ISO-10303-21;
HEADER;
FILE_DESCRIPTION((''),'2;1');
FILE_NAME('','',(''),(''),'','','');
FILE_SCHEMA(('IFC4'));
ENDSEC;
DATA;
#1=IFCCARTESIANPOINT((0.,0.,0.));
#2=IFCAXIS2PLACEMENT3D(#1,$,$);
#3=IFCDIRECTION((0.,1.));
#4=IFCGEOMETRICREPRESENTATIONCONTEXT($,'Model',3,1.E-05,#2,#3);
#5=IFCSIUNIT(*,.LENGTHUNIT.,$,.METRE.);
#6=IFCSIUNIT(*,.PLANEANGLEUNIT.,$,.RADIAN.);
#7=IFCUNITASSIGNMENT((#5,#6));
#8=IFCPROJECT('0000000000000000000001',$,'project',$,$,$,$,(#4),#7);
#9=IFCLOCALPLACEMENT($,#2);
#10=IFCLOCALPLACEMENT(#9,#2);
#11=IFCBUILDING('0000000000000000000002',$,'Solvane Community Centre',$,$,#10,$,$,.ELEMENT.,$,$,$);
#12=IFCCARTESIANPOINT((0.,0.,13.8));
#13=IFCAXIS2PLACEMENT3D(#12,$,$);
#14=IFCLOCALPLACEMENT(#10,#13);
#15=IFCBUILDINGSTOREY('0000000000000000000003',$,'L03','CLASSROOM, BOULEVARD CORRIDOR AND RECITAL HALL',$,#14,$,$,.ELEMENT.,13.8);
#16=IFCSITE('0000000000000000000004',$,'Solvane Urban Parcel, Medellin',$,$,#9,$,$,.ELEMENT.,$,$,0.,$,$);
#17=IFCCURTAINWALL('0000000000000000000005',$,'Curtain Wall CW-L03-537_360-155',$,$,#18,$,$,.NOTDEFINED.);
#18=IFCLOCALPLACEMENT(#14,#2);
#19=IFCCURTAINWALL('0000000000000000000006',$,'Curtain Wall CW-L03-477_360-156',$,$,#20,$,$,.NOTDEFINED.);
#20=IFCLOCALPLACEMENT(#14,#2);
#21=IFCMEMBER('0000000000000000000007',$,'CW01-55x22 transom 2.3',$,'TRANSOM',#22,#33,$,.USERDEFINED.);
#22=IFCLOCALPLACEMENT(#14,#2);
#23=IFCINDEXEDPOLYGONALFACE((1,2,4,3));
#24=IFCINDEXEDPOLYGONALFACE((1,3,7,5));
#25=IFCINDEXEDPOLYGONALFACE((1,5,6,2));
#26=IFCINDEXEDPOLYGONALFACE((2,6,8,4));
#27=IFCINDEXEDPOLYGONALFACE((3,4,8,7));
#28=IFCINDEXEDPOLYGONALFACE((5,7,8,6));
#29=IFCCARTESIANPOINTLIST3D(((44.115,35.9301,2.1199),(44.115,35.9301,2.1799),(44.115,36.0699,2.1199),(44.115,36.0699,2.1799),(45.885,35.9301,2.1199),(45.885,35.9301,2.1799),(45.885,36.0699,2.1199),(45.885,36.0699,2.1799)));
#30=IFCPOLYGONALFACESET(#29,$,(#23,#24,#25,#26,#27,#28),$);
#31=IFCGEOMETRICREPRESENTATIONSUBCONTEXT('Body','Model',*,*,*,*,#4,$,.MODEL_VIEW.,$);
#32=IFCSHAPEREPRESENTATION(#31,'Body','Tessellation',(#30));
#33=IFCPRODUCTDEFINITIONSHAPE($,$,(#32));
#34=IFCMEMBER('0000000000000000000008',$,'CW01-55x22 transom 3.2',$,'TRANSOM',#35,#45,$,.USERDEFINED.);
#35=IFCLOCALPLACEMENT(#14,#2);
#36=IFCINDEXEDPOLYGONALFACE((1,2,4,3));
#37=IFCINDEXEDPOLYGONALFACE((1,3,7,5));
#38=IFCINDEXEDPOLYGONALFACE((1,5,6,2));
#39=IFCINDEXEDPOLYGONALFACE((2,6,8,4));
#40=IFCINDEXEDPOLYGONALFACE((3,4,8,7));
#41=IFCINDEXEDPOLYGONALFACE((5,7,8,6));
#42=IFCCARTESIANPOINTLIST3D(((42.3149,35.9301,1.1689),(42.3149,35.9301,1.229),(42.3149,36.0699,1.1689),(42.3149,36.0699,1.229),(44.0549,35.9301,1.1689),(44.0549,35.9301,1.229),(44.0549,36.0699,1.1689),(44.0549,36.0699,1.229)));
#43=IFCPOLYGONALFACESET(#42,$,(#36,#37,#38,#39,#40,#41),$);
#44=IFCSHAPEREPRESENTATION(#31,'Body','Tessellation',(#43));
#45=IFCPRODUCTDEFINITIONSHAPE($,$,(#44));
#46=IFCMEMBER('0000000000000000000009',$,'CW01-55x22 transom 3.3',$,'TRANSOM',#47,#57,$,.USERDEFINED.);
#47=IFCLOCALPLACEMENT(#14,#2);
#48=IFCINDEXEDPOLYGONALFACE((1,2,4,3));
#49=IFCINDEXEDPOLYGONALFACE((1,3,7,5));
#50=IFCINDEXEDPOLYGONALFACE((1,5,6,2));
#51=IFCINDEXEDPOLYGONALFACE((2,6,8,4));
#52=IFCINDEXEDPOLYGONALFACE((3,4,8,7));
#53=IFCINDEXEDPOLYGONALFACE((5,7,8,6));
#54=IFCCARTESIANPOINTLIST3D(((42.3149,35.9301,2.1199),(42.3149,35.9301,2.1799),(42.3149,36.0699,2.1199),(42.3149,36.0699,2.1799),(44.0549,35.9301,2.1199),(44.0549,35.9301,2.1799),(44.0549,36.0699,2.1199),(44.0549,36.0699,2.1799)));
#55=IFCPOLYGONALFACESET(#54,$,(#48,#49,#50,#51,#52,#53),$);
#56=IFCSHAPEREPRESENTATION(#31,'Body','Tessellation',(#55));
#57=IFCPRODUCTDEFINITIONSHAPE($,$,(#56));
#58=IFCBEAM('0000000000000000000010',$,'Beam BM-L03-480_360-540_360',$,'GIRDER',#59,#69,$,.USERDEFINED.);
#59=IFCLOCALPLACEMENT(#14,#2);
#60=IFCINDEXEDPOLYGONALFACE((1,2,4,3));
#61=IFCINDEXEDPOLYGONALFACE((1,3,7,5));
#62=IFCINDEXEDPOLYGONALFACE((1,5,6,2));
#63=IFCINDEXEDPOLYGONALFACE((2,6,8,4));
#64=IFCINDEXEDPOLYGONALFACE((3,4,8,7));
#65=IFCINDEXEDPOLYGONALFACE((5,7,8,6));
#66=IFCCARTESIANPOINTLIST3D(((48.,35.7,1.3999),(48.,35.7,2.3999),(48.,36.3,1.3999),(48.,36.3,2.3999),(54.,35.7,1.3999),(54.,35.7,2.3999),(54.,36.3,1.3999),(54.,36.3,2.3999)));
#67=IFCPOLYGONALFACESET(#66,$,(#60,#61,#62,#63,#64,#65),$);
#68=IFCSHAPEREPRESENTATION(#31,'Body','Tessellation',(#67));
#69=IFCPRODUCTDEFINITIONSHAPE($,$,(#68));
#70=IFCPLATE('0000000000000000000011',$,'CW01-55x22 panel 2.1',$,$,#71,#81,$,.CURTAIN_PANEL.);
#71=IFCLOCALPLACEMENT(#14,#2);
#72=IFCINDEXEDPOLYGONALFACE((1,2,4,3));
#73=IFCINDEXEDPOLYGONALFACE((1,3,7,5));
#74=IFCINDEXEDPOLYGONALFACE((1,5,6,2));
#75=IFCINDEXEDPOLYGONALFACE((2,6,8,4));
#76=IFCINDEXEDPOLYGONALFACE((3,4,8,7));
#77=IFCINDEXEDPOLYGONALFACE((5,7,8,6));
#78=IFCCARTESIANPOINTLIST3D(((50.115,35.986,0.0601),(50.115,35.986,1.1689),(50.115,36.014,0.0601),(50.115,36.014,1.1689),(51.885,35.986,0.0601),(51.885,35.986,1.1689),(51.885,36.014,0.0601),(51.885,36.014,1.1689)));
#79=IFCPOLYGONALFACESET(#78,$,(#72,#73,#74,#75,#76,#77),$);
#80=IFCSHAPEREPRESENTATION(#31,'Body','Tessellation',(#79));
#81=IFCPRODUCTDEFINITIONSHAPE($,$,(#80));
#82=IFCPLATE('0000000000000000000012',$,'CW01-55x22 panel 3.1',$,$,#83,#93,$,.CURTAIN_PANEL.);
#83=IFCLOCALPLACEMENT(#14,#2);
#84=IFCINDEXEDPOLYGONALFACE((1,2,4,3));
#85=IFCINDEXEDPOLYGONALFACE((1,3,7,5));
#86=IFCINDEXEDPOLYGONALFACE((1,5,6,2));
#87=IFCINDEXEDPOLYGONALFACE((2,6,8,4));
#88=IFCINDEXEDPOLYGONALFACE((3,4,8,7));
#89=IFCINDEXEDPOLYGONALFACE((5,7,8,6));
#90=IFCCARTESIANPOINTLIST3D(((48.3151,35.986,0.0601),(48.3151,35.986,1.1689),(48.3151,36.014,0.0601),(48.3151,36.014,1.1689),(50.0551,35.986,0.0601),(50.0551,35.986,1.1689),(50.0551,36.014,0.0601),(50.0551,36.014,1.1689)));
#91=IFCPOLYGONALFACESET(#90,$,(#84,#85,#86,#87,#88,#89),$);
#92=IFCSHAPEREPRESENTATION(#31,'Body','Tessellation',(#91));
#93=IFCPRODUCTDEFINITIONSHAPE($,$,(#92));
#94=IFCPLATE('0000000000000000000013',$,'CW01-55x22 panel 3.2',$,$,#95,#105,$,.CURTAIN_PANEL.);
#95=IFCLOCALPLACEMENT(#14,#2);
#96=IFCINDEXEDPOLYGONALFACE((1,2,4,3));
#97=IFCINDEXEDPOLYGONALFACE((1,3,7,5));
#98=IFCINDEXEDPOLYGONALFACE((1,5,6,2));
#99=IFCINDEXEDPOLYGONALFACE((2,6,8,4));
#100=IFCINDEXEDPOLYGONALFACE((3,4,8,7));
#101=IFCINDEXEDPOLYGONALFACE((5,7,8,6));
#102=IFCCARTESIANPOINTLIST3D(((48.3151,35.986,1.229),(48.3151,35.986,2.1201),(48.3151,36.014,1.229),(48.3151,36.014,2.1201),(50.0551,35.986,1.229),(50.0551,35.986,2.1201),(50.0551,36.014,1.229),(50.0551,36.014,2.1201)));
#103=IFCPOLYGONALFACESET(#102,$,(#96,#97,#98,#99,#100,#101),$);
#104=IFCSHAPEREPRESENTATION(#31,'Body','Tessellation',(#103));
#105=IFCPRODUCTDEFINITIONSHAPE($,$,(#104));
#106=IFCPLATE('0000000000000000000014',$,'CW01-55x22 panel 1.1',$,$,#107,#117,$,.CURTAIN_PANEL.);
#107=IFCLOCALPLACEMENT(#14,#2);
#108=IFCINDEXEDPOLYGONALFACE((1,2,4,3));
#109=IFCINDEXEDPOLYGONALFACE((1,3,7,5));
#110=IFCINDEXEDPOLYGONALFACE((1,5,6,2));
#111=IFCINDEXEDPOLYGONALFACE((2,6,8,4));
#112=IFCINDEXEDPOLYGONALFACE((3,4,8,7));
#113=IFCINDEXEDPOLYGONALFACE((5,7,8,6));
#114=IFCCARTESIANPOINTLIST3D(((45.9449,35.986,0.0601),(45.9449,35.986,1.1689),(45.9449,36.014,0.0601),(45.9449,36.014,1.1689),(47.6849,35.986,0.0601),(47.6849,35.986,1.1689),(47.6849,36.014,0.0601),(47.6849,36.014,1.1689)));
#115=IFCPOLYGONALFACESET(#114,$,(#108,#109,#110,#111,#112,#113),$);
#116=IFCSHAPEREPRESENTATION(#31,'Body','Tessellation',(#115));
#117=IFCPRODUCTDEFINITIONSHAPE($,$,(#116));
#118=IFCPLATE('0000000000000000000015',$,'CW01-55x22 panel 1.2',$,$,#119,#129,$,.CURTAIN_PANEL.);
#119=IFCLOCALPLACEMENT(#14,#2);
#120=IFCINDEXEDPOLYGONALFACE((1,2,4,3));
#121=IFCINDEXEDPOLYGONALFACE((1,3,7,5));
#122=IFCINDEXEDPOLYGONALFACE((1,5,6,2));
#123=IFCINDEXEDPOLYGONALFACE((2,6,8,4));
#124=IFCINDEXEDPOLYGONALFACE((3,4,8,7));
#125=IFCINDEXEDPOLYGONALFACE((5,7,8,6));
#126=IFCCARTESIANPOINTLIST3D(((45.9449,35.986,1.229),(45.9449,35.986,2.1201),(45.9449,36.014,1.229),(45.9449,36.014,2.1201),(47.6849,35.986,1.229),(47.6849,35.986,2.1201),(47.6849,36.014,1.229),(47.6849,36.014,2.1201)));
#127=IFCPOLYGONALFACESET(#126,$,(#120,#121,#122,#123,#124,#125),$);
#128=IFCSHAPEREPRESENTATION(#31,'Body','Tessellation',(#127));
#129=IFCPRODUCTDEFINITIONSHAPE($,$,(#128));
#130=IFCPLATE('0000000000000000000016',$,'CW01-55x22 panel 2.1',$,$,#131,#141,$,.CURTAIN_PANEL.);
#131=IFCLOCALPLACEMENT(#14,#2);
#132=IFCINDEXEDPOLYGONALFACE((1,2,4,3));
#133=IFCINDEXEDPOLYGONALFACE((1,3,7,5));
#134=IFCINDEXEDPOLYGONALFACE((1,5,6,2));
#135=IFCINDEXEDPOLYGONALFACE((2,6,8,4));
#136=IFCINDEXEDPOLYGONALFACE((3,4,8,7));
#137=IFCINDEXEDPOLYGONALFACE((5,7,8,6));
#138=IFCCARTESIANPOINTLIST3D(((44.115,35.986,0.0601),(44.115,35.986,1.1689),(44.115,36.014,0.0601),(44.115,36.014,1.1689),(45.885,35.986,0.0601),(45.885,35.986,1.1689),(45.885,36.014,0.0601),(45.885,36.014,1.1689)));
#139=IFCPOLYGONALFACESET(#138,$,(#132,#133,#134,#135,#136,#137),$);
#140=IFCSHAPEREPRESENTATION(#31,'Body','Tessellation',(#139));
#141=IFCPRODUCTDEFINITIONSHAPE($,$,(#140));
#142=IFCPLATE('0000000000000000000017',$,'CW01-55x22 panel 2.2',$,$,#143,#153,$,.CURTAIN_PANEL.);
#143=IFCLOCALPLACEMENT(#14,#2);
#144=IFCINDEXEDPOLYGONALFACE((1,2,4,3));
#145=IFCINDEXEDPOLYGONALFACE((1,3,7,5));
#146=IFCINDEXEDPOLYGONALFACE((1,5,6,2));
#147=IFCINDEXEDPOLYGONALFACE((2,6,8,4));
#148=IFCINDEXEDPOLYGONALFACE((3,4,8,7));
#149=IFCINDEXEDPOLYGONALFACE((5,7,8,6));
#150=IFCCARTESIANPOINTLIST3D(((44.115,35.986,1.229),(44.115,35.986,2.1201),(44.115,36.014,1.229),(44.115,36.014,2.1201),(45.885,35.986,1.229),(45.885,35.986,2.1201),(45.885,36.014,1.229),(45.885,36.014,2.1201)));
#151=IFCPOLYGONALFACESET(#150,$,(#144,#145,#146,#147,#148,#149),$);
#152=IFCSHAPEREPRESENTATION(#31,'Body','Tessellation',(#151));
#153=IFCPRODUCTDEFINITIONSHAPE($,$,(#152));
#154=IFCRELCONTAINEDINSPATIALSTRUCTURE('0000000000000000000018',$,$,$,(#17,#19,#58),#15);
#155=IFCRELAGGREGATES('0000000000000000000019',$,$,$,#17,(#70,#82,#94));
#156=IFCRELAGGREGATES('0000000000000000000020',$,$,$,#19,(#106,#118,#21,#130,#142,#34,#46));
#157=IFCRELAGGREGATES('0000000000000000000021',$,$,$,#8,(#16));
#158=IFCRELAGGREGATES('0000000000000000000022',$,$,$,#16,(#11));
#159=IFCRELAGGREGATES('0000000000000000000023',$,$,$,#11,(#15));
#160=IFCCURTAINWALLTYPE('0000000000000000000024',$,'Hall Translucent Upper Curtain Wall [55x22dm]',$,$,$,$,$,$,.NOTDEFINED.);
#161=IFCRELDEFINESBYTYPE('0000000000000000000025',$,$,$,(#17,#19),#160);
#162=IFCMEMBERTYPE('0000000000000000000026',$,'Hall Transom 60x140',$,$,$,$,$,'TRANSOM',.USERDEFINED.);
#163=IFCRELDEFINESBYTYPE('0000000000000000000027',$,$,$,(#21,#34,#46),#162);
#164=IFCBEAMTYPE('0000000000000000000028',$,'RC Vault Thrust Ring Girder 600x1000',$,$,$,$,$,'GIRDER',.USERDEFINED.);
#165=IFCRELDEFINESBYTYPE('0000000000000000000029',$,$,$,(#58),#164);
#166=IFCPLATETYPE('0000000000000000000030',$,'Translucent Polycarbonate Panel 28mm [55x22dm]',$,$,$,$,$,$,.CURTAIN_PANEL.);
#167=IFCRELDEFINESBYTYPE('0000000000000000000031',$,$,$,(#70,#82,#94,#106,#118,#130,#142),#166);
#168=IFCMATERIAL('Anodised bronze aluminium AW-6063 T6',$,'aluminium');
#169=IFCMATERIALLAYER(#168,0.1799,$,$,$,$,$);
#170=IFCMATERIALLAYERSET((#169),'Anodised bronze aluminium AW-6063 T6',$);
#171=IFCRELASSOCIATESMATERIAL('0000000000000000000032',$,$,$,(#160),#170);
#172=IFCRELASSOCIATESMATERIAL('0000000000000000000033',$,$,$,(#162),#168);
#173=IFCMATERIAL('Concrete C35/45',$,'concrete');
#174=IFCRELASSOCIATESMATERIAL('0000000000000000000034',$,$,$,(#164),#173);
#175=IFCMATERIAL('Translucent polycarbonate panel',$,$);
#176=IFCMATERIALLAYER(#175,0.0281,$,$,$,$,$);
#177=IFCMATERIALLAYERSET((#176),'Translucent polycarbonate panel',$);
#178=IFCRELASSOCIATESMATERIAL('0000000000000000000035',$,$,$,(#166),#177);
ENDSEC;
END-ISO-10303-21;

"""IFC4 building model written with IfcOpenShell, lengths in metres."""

from ifc_helpers import new_model, si_unit, direction, frame, origin, origin_2d, place, context, subcontext, project, spatial, rectangle, extrude, material, layer, layer_set, material_profile, profile_set, type_object, element, aggregate, save


model = new_model("IFC4")

# Units and contexts
model_context = context("Model", 3, precision=1e-05, world=origin(), true_north=direction((0.0, 1.0)))
body_context = subcontext(model_context, "Body", "Model", "MODEL_VIEW")
ifc_project = project(units=[si_unit("LENGTHUNIT", "METRE"), si_unit("PLANEANGLEUNIT", "RADIAN")], contexts=[model_context])

# Site, building, storey
site_placement = place(None, origin())
site = spatial("IfcSite", under=ifc_project, at=site_placement, Name="Solvane Urban Parcel, Medellin", CompositionType="ELEMENT", RefElevation=0.0)
building_placement = place(site_placement, origin())
building = spatial("IfcBuilding", under=site, at=building_placement, Name="Solvane Community Centre", CompositionType="ELEMENT")
storey_placement = place(building_placement, frame((0.0, 0.0, 13.8)))
storey = spatial("IfcBuildingStorey", under=building, at=storey_placement, Name="L03", Description="CLASSROOM, BOULEVARD CORRIDOR AND RECITAL HALL", CompositionType="ELEMENT", Elevation=13.8)

# Curtain walls
ifc_material_1 = material(Name="Anodised bronze aluminium AW-6063 T6", Category="aluminium")
ifc_layer_1 = layer(ifc_material_1, 0.1799)
ifc_layer_set_1 = layer_set([ifc_layer_1], Name="Anodised bronze aluminium AW-6063 T6")
curtain_wall_type = type_object("IfcCurtainWallType", Name="Hall Translucent Upper Curtain Wall [55x22dm]", PredefinedType="NOTDEFINED", material=ifc_layer_set_1)
curtain_wall_1_placement = place(storey_placement, origin())
curtain_wall_1 = element("IfcCurtainWall", 1, at=curtain_wall_1_placement, inside=storey, type_object=curtain_wall_type, Name="Curtain Wall CW-L03-537_360-155", PredefinedType="NOTDEFINED")
curtain_wall_2_placement = place(storey_placement, origin())
curtain_wall_2 = element("IfcCurtainWall", 2, at=curtain_wall_2_placement, inside=storey, type_object=curtain_wall_type, Name="Curtain Wall CW-L03-477_360-156", PredefinedType="NOTDEFINED")

# Members
ifc_material_profile_1 = material_profile(ifc_material_1, rectangle(XDim=0.1399, YDim=0.0601, at=origin_2d()), Name="CW-T 60x140")
ifc_profile_set_1 = profile_set([ifc_material_profile_1], Name="Anodised bronze aluminium AW-6063 T6")
member_type_1 = type_object("IfcMemberType", Name="Hall Transom 60x140", ElementType="TRANSOM", PredefinedType="USERDEFINED", material=ifc_profile_set_1)
member_1_placement = place(storey_placement, frame((45.885, 36.0, 2.1499), z_axis=(-1.0, 0.0, 0.0), x_axis=(0.0, -1.0, 0.0)))
member_1 = element("IfcMember", 3, at=member_1_placement, type_object=member_type_1, Name="CW01-55x22 transom 2.3", ObjectType="TRANSOM", PredefinedType="USERDEFINED", context=body_context, shape_type="SweptSolid", body=[
    extrude(rectangle(XDim=0.1399, YDim=0.0601, at=origin_2d()), origin(), (0.0, 0.0, 1.0), 1.77),
])
member_2_placement = place(storey_placement, frame((44.0549, 36.0, 1.199), z_axis=(-1.0, 0.0, 0.0), x_axis=(0.0, -1.0, 0.0)))
member_2 = element("IfcMember", 4, at=member_2_placement, type_object=member_type_1, Name="CW01-55x22 transom 3.2", ObjectType="TRANSOM", PredefinedType="USERDEFINED", context=body_context, shape_type="SweptSolid", body=[
    extrude(rectangle(XDim=0.1399, YDim=0.0601, at=origin_2d()), origin(), (0.0, 0.0, 1.0), 1.74),
])
member_3_placement = place(storey_placement, frame((44.0549, 36.0, 2.1499), z_axis=(-1.0, 0.0, 0.0), x_axis=(0.0, -1.0, 0.0)))
member_3 = element("IfcMember", 5, at=member_3_placement, type_object=member_type_1, Name="CW01-55x22 transom 3.3", ObjectType="TRANSOM", PredefinedType="USERDEFINED", context=body_context, shape_type="SweptSolid", body=[
    extrude(rectangle(XDim=0.1399, YDim=0.0601, at=origin_2d()), origin(), (0.0, 0.0, 1.0), 1.74),
])

# Beam
ifc_material_2 = material(Name="Concrete C35/45", Category="concrete")
ifc_material_profile_2 = material_profile(ifc_material_2, rectangle(XDim=0.6001, YDim=1.0, at=origin_2d()), Name="RC 600x1000")
ifc_profile_set_2 = profile_set([ifc_material_profile_2], Name="Concrete C35/45")
beam_type = type_object("IfcBeamType", Name="RC Vault Thrust Ring Girder 600x1000", ElementType="GIRDER", PredefinedType="USERDEFINED", material=ifc_profile_set_2)
beam_placement = place(storey_placement, frame((48.0, 36.0, 1.8999), z_axis=(1.0, 0.0, 0.0), x_axis=(0.0, 1.0, 0.0)))
element("IfcBeam", 6, at=beam_placement, inside=storey, type_object=beam_type, Name="Beam BM-L03-480_360-540_360", ObjectType="GIRDER", PredefinedType="USERDEFINED", context=body_context, shape_type="SweptSolid", body=[
    extrude(rectangle(XDim=0.6001, YDim=1.0, at=origin_2d()), origin(), (0.0, 0.0, 1.0), 6.0),
])

# Plates
ifc_material_3 = material(Name="Translucent polycarbonate panel")
ifc_layer_2 = layer(ifc_material_3, 0.0281)
ifc_layer_set_2 = layer_set([ifc_layer_2], Name="Translucent polycarbonate panel")
plate_type = type_object("IfcPlateType", Name="Translucent Polycarbonate Panel 28mm [55x22dm]", PredefinedType="CURTAIN_PANEL", material=ifc_layer_set_2)
plate_1_placement = place(storey_placement, frame((51.0, 36.0, 0.0601), z_axis=(0.0, 0.0, 1.0), x_axis=(-1.0, 0.0, 0.0)))
plate_1 = element("IfcPlate", 7, at=plate_1_placement, type_object=plate_type, Name="CW01-55x22 panel 2.1", PredefinedType="CURTAIN_PANEL", context=body_context, shape_type="SweptSolid", body=[
    extrude(rectangle(XDim=1.77, YDim=0.0281, at=origin_2d()), origin(), (0.0, 0.0, 1.0), 1.1089),
])
plate_2_placement = place(storey_placement, frame((49.1851, 36.0, 0.0601), z_axis=(0.0, 0.0, 1.0), x_axis=(-1.0, 0.0, 0.0)))
plate_2 = element("IfcPlate", 8, at=plate_2_placement, type_object=plate_type, Name="CW01-55x22 panel 3.1", PredefinedType="CURTAIN_PANEL", context=body_context, shape_type="SweptSolid", body=[
    extrude(rectangle(XDim=1.74, YDim=0.0281, at=origin_2d()), origin(), (0.0, 0.0, 1.0), 1.1089),
])
plate_3_placement = place(storey_placement, frame((49.1851, 36.0, 1.229), z_axis=(0.0, 0.0, 1.0), x_axis=(-1.0, 0.0, 0.0)))
plate_3 = element("IfcPlate", 9, at=plate_3_placement, type_object=plate_type, Name="CW01-55x22 panel 3.2", PredefinedType="CURTAIN_PANEL", context=body_context, shape_type="SweptSolid", body=[
    extrude(rectangle(XDim=1.74, YDim=0.0281, at=origin_2d()), origin(), (0.0, 0.0, 1.0), 0.8911),
])
aggregate(curtain_wall_1, [plate_1, plate_2, plate_3])
plate_4_placement = place(storey_placement, frame((46.8149, 36.0, 0.0601), z_axis=(0.0, 0.0, 1.0), x_axis=(-1.0, 0.0, 0.0)))
plate_4 = element("IfcPlate", 10, at=plate_4_placement, type_object=plate_type, Name="CW01-55x22 panel 1.1", PredefinedType="CURTAIN_PANEL", context=body_context, shape_type="SweptSolid", body=[
    extrude(rectangle(XDim=1.74, YDim=0.0281, at=origin_2d()), origin(), (0.0, 0.0, 1.0), 1.1089),
])
plate_5_placement = place(storey_placement, frame((46.8149, 36.0, 1.229), z_axis=(0.0, 0.0, 1.0), x_axis=(-1.0, 0.0, 0.0)))
plate_5 = element("IfcPlate", 11, at=plate_5_placement, type_object=plate_type, Name="CW01-55x22 panel 1.2", PredefinedType="CURTAIN_PANEL", context=body_context, shape_type="SweptSolid", body=[
    extrude(rectangle(XDim=1.74, YDim=0.0281, at=origin_2d()), origin(), (0.0, 0.0, 1.0), 0.8911),
])
plate_6_placement = place(storey_placement, frame((45.0, 36.0, 0.0601), z_axis=(0.0, 0.0, 1.0), x_axis=(-1.0, 0.0, 0.0)))
plate_6 = element("IfcPlate", 12, at=plate_6_placement, type_object=plate_type, Name="CW01-55x22 panel 2.1", PredefinedType="CURTAIN_PANEL", context=body_context, shape_type="SweptSolid", body=[
    extrude(rectangle(XDim=1.77, YDim=0.0281, at=origin_2d()), origin(), (0.0, 0.0, 1.0), 1.1089),
])
plate_7_placement = place(storey_placement, frame((45.0, 36.0, 1.229), z_axis=(0.0, 0.0, 1.0), x_axis=(-1.0, 0.0, 0.0)))
plate_7 = element("IfcPlate", 13, at=plate_7_placement, type_object=plate_type, Name="CW01-55x22 panel 2.2", PredefinedType="CURTAIN_PANEL", context=body_context, shape_type="SweptSolid", body=[
    extrude(rectangle(XDim=1.77, YDim=0.0281, at=origin_2d()), origin(), (0.0, 0.0, 1.0), 0.8911),
])
aggregate(curtain_wall_2, [plate_4, plate_5, member_1, plate_6, plate_7, member_2, member_3])

save(model, "model.ifc")
